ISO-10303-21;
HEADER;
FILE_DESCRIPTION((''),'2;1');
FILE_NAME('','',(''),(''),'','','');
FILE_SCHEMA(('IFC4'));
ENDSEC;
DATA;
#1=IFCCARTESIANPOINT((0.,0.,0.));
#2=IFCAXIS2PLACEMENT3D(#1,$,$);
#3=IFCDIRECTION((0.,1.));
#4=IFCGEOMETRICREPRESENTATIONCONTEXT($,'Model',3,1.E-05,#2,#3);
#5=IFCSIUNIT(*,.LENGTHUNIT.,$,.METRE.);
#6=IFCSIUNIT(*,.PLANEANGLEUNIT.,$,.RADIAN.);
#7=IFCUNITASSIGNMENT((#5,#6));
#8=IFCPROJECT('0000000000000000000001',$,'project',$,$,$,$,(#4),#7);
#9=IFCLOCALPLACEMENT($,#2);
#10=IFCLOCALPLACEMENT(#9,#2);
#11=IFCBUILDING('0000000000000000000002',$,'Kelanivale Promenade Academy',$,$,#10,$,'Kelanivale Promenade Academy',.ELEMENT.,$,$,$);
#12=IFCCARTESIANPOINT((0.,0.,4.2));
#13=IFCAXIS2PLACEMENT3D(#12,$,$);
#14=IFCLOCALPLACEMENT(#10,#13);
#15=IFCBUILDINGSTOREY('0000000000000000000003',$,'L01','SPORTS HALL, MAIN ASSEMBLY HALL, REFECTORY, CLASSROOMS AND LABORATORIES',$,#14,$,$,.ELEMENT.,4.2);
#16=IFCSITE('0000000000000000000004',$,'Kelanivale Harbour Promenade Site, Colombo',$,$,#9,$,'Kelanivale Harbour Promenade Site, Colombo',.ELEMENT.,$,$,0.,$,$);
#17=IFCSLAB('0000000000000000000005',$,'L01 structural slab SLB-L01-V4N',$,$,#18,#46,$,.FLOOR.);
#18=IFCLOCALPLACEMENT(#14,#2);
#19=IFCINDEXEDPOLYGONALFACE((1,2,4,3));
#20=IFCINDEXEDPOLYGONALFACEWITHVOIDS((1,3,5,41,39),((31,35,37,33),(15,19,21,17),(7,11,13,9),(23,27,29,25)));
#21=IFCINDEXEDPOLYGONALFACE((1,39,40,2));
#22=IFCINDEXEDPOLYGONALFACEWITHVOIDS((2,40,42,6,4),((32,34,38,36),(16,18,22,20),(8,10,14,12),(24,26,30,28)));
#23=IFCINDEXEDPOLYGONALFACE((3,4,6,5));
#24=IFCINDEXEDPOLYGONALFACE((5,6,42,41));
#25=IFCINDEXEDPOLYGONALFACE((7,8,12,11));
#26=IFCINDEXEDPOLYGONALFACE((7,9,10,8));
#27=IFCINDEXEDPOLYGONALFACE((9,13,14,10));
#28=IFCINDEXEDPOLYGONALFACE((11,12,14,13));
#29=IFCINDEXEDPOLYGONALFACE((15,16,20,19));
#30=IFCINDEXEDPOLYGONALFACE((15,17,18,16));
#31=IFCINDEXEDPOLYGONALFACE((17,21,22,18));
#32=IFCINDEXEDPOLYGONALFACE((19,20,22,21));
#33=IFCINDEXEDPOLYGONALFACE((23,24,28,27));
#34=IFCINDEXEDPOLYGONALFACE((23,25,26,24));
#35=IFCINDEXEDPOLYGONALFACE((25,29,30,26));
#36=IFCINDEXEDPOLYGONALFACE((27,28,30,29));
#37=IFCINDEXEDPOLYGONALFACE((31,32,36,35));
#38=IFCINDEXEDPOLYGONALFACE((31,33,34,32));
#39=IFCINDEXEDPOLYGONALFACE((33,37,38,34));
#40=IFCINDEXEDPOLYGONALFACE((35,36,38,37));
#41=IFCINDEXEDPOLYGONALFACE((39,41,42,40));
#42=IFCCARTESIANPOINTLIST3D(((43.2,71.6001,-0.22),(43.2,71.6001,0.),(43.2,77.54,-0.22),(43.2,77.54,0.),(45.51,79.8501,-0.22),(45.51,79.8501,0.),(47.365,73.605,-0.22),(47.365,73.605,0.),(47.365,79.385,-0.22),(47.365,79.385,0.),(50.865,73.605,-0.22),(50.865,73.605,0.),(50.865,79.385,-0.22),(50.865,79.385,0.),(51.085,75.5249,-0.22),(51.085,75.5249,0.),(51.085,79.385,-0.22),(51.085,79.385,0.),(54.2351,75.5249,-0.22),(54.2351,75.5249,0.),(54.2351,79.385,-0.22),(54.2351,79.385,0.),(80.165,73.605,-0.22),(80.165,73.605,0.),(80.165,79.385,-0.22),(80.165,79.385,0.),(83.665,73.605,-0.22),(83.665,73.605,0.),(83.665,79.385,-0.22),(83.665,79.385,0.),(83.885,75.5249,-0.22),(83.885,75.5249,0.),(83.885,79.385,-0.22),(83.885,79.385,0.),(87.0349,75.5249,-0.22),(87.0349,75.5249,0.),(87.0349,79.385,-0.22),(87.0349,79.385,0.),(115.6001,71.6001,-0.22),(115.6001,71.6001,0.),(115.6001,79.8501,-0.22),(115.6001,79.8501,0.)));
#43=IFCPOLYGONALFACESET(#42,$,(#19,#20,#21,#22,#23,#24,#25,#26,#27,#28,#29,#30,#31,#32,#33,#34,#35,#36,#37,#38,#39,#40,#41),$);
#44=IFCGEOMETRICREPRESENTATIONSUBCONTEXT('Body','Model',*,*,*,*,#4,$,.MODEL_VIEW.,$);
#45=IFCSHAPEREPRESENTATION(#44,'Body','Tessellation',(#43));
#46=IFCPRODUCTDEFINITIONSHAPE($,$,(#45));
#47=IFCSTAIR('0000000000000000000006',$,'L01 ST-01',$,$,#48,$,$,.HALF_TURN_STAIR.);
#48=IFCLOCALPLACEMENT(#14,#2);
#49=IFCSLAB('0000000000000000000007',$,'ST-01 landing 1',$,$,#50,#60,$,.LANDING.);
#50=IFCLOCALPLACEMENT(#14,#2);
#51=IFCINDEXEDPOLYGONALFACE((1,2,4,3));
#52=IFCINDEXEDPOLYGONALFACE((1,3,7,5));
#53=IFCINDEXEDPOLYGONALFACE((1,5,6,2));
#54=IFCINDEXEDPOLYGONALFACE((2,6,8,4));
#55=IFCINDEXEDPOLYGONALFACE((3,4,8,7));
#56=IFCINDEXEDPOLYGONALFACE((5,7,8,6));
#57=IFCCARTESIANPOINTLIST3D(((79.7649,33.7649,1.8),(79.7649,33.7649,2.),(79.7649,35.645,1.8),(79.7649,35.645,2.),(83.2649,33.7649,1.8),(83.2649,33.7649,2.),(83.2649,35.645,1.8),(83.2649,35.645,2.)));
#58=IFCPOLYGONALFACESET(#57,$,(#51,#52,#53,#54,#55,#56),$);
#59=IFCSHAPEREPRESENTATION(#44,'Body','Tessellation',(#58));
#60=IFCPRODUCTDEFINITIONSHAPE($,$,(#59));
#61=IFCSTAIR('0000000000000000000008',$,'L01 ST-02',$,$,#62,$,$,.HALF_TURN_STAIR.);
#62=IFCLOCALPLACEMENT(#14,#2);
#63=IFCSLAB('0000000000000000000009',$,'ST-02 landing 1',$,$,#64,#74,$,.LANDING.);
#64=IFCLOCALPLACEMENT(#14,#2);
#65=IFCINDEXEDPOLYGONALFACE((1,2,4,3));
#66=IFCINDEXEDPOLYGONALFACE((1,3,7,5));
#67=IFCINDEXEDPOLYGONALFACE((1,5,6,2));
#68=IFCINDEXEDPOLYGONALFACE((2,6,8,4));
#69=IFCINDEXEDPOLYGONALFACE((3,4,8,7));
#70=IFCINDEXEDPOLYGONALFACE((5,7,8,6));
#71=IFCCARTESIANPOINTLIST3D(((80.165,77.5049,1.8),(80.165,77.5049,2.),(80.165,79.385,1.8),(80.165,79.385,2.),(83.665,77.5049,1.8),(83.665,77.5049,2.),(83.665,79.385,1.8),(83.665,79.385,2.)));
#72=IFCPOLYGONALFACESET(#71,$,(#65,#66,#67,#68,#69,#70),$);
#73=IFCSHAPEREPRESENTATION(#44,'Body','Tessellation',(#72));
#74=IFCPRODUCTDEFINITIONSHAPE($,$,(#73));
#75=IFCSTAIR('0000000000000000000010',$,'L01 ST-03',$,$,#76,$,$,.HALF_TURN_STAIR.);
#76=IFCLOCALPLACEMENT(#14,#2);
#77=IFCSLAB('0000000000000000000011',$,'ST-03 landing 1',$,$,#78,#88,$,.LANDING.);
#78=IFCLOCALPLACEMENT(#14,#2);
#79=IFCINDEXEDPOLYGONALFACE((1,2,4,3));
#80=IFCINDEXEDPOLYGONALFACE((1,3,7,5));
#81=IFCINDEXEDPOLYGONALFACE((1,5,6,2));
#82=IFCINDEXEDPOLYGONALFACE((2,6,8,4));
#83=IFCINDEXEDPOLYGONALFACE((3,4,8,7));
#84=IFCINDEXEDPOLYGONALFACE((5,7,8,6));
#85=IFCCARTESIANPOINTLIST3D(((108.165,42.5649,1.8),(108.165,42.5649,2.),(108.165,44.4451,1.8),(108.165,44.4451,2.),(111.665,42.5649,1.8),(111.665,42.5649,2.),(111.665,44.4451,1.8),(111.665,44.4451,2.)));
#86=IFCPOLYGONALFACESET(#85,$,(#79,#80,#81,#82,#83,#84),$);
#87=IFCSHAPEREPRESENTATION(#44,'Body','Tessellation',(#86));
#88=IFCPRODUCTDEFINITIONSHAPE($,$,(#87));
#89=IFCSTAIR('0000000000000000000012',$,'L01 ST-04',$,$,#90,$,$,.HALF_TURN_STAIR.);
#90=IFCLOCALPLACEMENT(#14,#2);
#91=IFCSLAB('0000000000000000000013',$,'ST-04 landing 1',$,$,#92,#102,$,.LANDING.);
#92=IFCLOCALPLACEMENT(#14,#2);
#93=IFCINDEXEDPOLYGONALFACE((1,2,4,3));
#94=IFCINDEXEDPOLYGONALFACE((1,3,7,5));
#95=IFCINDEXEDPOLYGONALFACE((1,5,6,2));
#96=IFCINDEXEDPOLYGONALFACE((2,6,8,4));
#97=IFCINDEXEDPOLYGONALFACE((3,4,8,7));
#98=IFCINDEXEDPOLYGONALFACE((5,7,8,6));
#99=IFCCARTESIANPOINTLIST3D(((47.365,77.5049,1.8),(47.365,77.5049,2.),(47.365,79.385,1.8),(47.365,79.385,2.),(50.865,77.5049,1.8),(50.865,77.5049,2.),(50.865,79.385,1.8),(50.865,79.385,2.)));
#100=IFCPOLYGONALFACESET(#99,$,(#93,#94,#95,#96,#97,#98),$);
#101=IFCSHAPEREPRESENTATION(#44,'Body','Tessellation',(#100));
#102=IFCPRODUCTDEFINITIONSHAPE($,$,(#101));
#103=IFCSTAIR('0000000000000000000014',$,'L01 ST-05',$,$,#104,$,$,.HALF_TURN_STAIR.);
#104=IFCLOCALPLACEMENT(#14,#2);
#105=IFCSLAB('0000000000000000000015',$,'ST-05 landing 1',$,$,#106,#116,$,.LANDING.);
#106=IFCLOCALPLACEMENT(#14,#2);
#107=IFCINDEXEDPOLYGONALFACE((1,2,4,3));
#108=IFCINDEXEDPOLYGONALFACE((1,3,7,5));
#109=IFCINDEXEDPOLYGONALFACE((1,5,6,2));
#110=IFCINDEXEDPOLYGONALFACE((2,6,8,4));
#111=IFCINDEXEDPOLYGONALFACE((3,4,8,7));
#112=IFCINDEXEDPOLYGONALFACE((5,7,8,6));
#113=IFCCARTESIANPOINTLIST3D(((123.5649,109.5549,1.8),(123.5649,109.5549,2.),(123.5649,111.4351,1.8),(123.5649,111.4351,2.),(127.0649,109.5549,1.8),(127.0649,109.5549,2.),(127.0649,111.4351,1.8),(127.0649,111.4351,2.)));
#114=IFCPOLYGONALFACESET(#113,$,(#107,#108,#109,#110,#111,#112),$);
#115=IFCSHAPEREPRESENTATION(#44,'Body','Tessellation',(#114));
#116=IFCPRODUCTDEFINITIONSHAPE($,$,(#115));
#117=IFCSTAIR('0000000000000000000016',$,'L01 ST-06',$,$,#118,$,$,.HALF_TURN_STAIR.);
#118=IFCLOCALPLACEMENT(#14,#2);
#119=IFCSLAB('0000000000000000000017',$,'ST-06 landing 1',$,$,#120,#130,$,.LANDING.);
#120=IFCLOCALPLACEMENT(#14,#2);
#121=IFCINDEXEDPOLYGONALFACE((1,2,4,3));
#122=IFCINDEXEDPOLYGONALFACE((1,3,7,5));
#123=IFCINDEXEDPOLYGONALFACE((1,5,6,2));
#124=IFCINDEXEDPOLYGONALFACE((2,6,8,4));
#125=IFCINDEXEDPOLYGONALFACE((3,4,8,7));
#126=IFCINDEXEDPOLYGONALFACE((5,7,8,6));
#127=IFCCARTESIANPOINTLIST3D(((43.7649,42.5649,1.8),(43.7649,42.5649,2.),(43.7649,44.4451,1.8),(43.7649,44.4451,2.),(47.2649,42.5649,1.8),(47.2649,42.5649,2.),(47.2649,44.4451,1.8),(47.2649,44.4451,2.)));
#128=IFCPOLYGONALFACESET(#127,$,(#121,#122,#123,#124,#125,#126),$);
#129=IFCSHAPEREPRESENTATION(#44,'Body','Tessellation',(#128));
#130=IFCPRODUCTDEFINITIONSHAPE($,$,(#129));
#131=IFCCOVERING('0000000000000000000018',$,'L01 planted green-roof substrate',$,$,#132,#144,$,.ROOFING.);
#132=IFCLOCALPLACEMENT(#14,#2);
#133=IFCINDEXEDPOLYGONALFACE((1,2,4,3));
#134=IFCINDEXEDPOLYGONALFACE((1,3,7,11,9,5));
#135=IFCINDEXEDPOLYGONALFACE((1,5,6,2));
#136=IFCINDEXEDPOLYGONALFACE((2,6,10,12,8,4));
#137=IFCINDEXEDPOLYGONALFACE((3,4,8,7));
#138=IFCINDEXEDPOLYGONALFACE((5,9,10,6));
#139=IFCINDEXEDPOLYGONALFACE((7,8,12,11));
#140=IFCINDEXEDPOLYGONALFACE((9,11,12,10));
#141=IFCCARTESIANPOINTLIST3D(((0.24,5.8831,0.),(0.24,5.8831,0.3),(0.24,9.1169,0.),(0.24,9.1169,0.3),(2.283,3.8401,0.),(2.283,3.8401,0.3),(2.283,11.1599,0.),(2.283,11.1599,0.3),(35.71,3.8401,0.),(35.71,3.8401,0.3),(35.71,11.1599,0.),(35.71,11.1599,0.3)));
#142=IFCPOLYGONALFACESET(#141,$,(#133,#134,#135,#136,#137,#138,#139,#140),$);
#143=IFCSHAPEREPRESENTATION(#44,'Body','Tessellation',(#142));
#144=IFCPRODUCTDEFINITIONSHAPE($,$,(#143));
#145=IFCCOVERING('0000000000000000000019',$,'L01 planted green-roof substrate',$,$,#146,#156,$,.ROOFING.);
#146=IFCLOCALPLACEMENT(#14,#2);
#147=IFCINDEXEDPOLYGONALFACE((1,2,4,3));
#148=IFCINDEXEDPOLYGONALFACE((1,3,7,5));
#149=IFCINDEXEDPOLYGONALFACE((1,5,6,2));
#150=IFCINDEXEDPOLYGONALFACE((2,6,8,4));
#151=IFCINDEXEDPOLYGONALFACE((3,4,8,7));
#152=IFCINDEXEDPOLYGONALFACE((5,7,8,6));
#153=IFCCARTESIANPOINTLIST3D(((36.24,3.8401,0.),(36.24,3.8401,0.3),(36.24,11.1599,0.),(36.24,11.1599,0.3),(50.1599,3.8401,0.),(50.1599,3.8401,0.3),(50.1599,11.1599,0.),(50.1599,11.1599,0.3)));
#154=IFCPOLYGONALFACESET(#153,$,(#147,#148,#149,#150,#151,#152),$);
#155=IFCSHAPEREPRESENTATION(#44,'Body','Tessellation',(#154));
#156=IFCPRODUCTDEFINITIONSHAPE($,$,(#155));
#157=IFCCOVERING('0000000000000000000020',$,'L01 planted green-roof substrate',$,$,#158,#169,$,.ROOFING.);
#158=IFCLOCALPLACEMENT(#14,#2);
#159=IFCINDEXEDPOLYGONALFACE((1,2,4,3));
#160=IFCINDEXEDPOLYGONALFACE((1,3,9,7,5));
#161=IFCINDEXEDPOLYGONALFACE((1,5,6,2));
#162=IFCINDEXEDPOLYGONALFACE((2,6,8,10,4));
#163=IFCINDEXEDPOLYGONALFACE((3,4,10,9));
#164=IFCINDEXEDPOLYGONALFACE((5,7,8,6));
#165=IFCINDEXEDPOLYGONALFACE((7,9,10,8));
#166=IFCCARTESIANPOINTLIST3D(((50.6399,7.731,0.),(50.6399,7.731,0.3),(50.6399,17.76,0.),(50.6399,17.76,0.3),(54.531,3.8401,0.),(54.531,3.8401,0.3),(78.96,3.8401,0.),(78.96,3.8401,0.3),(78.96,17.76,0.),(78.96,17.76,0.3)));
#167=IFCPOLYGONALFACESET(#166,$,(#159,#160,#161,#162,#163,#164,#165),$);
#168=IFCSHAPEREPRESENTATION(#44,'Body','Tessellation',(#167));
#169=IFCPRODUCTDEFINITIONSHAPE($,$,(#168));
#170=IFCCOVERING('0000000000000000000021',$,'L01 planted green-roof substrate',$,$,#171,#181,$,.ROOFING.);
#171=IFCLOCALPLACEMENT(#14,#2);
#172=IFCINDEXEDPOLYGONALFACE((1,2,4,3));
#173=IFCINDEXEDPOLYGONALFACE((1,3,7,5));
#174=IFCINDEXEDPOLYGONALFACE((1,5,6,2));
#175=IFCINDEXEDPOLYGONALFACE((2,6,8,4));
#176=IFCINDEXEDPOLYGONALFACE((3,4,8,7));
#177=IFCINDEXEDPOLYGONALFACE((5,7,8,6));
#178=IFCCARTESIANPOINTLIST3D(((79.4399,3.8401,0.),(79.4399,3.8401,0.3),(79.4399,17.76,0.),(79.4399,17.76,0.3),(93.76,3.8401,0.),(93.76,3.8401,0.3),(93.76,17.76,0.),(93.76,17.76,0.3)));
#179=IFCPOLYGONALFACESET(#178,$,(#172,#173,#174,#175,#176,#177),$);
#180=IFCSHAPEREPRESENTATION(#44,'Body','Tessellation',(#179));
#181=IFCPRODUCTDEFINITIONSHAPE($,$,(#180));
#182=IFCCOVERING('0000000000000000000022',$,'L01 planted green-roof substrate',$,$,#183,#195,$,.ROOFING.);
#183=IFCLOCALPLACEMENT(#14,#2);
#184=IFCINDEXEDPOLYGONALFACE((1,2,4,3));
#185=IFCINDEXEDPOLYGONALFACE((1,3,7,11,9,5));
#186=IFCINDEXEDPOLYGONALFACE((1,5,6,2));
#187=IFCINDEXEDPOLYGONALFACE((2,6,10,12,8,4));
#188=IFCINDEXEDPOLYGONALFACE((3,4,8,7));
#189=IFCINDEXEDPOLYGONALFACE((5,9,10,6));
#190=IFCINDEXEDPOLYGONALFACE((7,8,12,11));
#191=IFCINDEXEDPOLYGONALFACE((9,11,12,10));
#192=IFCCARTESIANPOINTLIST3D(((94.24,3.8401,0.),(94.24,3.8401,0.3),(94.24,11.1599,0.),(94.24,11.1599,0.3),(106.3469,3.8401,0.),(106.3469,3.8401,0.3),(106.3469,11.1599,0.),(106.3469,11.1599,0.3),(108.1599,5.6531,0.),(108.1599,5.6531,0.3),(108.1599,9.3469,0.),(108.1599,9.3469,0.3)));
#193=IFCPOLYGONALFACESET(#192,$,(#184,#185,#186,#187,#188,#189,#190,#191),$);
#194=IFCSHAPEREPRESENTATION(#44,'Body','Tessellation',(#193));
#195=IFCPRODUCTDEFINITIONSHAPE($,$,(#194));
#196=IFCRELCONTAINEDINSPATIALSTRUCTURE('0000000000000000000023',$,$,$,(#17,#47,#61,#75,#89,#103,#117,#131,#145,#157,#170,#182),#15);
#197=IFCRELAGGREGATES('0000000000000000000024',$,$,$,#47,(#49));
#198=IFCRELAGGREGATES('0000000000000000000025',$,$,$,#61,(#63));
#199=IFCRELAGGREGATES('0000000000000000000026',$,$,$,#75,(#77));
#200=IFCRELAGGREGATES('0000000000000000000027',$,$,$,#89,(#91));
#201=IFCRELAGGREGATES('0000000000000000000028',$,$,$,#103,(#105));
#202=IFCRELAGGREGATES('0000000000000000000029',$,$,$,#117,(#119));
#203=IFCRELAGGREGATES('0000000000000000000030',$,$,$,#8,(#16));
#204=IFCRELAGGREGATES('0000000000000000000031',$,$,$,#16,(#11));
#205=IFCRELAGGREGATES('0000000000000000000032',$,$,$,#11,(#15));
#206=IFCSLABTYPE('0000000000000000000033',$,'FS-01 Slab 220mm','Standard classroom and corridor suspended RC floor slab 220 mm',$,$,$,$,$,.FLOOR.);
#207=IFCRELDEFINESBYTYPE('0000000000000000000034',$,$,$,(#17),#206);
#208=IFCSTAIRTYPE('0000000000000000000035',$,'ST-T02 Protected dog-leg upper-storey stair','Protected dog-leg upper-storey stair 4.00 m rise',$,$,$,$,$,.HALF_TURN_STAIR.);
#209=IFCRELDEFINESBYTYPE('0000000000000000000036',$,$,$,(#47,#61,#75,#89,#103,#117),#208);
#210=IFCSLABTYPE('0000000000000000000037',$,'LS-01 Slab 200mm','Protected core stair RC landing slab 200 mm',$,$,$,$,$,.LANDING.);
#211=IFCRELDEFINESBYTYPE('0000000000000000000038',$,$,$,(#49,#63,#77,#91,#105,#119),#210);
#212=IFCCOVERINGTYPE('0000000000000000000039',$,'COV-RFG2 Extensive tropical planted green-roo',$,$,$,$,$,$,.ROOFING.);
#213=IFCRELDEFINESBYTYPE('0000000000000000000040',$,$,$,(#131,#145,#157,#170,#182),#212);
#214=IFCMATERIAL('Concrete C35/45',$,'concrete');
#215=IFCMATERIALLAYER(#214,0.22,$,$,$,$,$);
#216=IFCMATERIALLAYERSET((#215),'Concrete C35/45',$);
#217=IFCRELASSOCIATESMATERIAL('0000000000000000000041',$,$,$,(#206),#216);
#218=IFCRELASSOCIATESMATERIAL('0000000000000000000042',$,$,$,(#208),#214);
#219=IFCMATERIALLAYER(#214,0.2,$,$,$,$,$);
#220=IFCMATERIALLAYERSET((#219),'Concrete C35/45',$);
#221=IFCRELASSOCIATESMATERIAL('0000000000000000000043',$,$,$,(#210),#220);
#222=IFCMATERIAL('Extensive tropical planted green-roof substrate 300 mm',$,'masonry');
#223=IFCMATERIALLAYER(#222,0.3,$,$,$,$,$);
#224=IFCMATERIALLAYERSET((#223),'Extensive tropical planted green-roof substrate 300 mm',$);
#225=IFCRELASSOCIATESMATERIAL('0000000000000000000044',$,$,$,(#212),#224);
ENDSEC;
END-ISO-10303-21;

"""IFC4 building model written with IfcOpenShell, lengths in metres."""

from ifc_helpers import new_model, si_unit, direction, frame, origin, place, context, subcontext, project, spatial, polyline, outline, extrude, material, layer, layer_set, type_object, element, aggregate, save


model = new_model("IFC4")

# Units and contexts
model_context = context("Model", 3, precision=1e-05, world=origin(), true_north=direction((0.0, 1.0)))
body_context = subcontext(model_context, "Body", "Model", "MODEL_VIEW")
ifc_project = project(units=[si_unit("LENGTHUNIT", "METRE"), si_unit("PLANEANGLEUNIT", "RADIAN")], contexts=[model_context])

# Site, building, storey
site_placement = place(None, origin())
site = spatial("IfcSite", under=ifc_project, at=site_placement, Name="Kelanivale Harbour Promenade Site, Colombo", LongName="Kelanivale Harbour Promenade Site, Colombo", CompositionType="ELEMENT", RefElevation=0.0)
building_placement = place(site_placement, origin())
building = spatial("IfcBuilding", under=site, at=building_placement, Name="Kelanivale Promenade Academy", LongName="Kelanivale Promenade Academy", CompositionType="ELEMENT")
storey_placement = place(building_placement, frame((0.0, 0.0, 4.2)))
storey = spatial("IfcBuildingStorey", under=building, at=storey_placement, Name="L01", Description="SPORTS HALL, MAIN ASSEMBLY HALL, REFECTORY, CLASSROOMS AND LABORATORIES", CompositionType="ELEMENT", Elevation=4.2)

# Slab
ifc_material_1 = material(Name="Concrete C35/45", Category="concrete")
ifc_layer_1 = layer(ifc_material_1, 0.22)
ifc_layer_set_1 = layer_set([ifc_layer_1], Name="Concrete C35/45")
slab_type_1 = type_object("IfcSlabType", Name="FS-01 Slab 220mm", Description="Standard classroom and corridor suspended RC floor slab 220 mm", PredefinedType="FLOOR", material=ifc_layer_set_1)
slab_1_placement = place(storey_placement, frame((0.0, 0.0, -0.22)))
element("IfcSlab", 1, at=slab_1_placement, inside=storey, type_object=slab_type_1, Name="L01 structural slab SLB-L01-V4N", PredefinedType="FLOOR", context=body_context, shape_type="SweptSolid", body=[
    extrude(outline(polyline([(43.2, 77.54), (43.2, 71.6001), (115.6001, 71.6001), (115.6001, 79.8501), (45.51, 79.8501), (43.2, 77.54)]), holes=[polyline([(83.885, 79.385), (87.0349, 79.385), (87.0349, 75.5249), (83.885, 75.5249), (83.885, 79.385)]), polyline([(83.665, 79.385), (83.665, 73.605), (80.165, 73.605), (80.165, 79.385), (83.665, 79.385)]), polyline([(51.085, 79.385), (54.2351, 79.385), (54.2351, 75.5249), (51.085, 75.5249), (51.085, 79.385)]), polyline([(50.865, 79.385), (50.865, 73.605), (47.365, 73.605), (47.365, 79.385), (50.865, 79.385)])]), origin(), (0.0, 0.0, 1.0), 0.22),
])

# Stairs, slabs
stair_type = type_object("IfcStairType", Name="ST-T02 Protected dog-leg upper-storey stair", Description="Protected dog-leg upper-storey stair 4.00 m rise", PredefinedType="HALF_TURN_STAIR", material=ifc_material_1)
stair_1_placement = place(storey_placement, origin())
stair_1 = element("IfcStair", 2, at=stair_1_placement, inside=storey, type_object=stair_type, Name="L01 ST-01", PredefinedType="HALF_TURN_STAIR")
ifc_layer_2 = layer(ifc_material_1, 0.2)
ifc_layer_set_2 = layer_set([ifc_layer_2], Name="Concrete C35/45")
slab_type_2 = type_object("IfcSlabType", Name="LS-01 Slab 200mm", Description="Protected core stair RC landing slab 200 mm", PredefinedType="LANDING", material=ifc_layer_set_2)
slab_2_placement = place(storey_placement, frame((0.0, 0.0, 1.8)))
slab_2 = element("IfcSlab", 3, at=slab_2_placement, type_object=slab_type_2, Name="ST-01 landing 1", PredefinedType="LANDING", context=body_context, shape_type="SweptSolid", body=[
    extrude(outline(polyline([(79.7649, 35.645), (79.7649, 33.7649), (83.2649, 33.7649), (83.2649, 35.645), (79.7649, 35.645)])), origin(), (0.0, 0.0, 1.0), 0.2),
])
aggregate(stair_1, [slab_2])
stair_2_placement = place(storey_placement, origin())
stair_2 = element("IfcStair", 4, at=stair_2_placement, inside=storey, type_object=stair_type, Name="L01 ST-02", PredefinedType="HALF_TURN_STAIR")
slab_3_placement = place(storey_placement, frame((0.0, 0.0, 1.8)))
slab_3 = element("IfcSlab", 5, at=slab_3_placement, type_object=slab_type_2, Name="ST-02 landing 1", PredefinedType="LANDING", context=body_context, shape_type="SweptSolid", body=[
    extrude(outline(polyline([(83.665, 77.5049), (83.665, 79.385), (80.165, 79.385), (80.165, 77.5049), (83.665, 77.5049)])), origin(), (0.0, 0.0, 1.0), 0.2),
])
aggregate(stair_2, [slab_3])
stair_3_placement = place(storey_placement, origin())
stair_3 = element("IfcStair", 6, at=stair_3_placement, inside=storey, type_object=stair_type, Name="L01 ST-03", PredefinedType="HALF_TURN_STAIR")
slab_4_placement = place(storey_placement, frame((0.0, 0.0, 1.8)))
slab_4 = element("IfcSlab", 7, at=slab_4_placement, type_object=slab_type_2, Name="ST-03 landing 1", PredefinedType="LANDING", context=body_context, shape_type="SweptSolid", body=[
    extrude(outline(polyline([(108.165, 44.4451), (108.165, 42.5649), (111.665, 42.5649), (111.665, 44.4451), (108.165, 44.4451)])), origin(), (0.0, 0.0, 1.0), 0.2),
])
aggregate(stair_3, [slab_4])
stair_4_placement = place(storey_placement, origin())
stair_4 = element("IfcStair", 8, at=stair_4_placement, inside=storey, type_object=stair_type, Name="L01 ST-04", PredefinedType="HALF_TURN_STAIR")
slab_5_placement = place(storey_placement, frame((0.0, 0.0, 1.8)))
slab_5 = element("IfcSlab", 9, at=slab_5_placement, type_object=slab_type_2, Name="ST-04 landing 1", PredefinedType="LANDING", context=body_context, shape_type="SweptSolid", body=[
    extrude(outline(polyline([(50.865, 77.5049), (50.865, 79.385), (47.365, 79.385), (47.365, 77.5049), (50.865, 77.5049)])), origin(), (0.0, 0.0, 1.0), 0.2),
])
aggregate(stair_4, [slab_5])
stair_5_placement = place(storey_placement, origin())
stair_5 = element("IfcStair", 10, at=stair_5_placement, inside=storey, type_object=stair_type, Name="L01 ST-05", PredefinedType="HALF_TURN_STAIR")
slab_6_placement = place(storey_placement, frame((0.0, 0.0, 1.8)))
slab_6 = element("IfcSlab", 11, at=slab_6_placement, type_object=slab_type_2, Name="ST-05 landing 1", PredefinedType="LANDING", context=body_context, shape_type="SweptSolid", body=[
    extrude(outline(polyline([(127.0649, 109.5549), (127.0649, 111.4351), (123.5649, 111.4351), (123.5649, 109.5549), (127.0649, 109.5549)])), origin(), (0.0, 0.0, 1.0), 0.2),
])
aggregate(stair_5, [slab_6])
stair_6_placement = place(storey_placement, origin())
stair_6 = element("IfcStair", 12, at=stair_6_placement, inside=storey, type_object=stair_type, Name="L01 ST-06", PredefinedType="HALF_TURN_STAIR")
slab_7_placement = place(storey_placement, frame((0.0, 0.0, 1.8)))
slab_7 = element("IfcSlab", 13, at=slab_7_placement, type_object=slab_type_2, Name="ST-06 landing 1", PredefinedType="LANDING", context=body_context, shape_type="SweptSolid", body=[
    extrude(outline(polyline([(43.7649, 44.4451), (43.7649, 42.5649), (47.2649, 42.5649), (47.2649, 44.4451), (43.7649, 44.4451)])), origin(), (0.0, 0.0, 1.0), 0.2),
])
aggregate(stair_6, [slab_7])

# Coverings
ifc_material_2 = material(Name="Extensive tropical planted green-roof substrate 300 mm", Category="masonry")
ifc_layer_3 = layer(ifc_material_2, 0.3)
ifc_layer_set_3 = layer_set([ifc_layer_3], Name="Extensive tropical planted green-roof substrate 300 mm")
covering_type_1 = type_object("IfcCoveringType", Name="COV-RFG2 Extensive tropical planted green-roo", PredefinedType="ROOFING", material=ifc_layer_set_3)
covering_1_placement = place(storey_placement, origin())
element("IfcCovering", 14, at=covering_1_placement, inside=storey, type_object=covering_type_1, Name="L01 planted green-roof substrate", PredefinedType="ROOFING", context=body_context, shape_type="SweptSolid", body=[
    extrude(outline(polyline([(2.283, 3.8401), (35.71, 3.8401), (35.71, 11.1599), (2.283, 11.1599), (0.24, 9.1169), (0.24, 5.8831), (2.283, 3.8401)])), origin(), (0.0, 0.0, 1.0), 0.3),
])
covering_2_placement = place(storey_placement, origin())
element("IfcCovering", 15, at=covering_2_placement, inside=storey, type_object=covering_type_1, Name="L01 planted green-roof substrate", PredefinedType="ROOFING", context=body_context, shape_type="SweptSolid", body=[
    extrude(outline(polyline([(36.24, 11.1599), (36.24, 3.8401), (50.1599, 3.8401), (50.1599, 11.1599), (36.24, 11.1599)])), origin(), (0.0, 0.0, 1.0), 0.3),
])
covering_3_placement = place(storey_placement, origin())
element("IfcCovering", 16, at=covering_3_placement, inside=storey, type_object=covering_type_1, Name="L01 planted green-roof substrate", PredefinedType="ROOFING", context=body_context, shape_type="SweptSolid", body=[
    extrude(outline(polyline([(50.6399, 7.731), (54.531, 3.8401), (78.96, 3.8401), (78.96, 17.76), (50.6399, 17.76), (50.6399, 7.731)])), origin(), (0.0, 0.0, 1.0), 0.3),
])
covering_4_placement = place(storey_placement, origin())
element("IfcCovering", 17, at=covering_4_placement, inside=storey, type_object=covering_type_1, Name="L01 planted green-roof substrate", PredefinedType="ROOFING", context=body_context, shape_type="SweptSolid", body=[
    extrude(outline(polyline([(79.4399, 17.76), (79.4399, 3.8401), (93.76, 3.8401), (93.76, 17.76), (79.4399, 17.76)])), origin(), (0.0, 0.0, 1.0), 0.3),
])
covering_5_placement = place(storey_placement, origin())
element("IfcCovering", 18, at=covering_5_placement, inside=storey, type_object=covering_type_1, Name="L01 planted green-roof substrate", PredefinedType="ROOFING", context=body_context, shape_type="SweptSolid", body=[
    extrude(outline(polyline([(106.3469, 3.8401), (108.1599, 5.6531), (108.1599, 9.3469), (106.3469, 11.1599), (94.24, 11.1599), (94.24, 3.8401), (106.3469, 3.8401)])), origin(), (0.0, 0.0, 1.0), 0.3),
])

save(model, "model.ifc")
